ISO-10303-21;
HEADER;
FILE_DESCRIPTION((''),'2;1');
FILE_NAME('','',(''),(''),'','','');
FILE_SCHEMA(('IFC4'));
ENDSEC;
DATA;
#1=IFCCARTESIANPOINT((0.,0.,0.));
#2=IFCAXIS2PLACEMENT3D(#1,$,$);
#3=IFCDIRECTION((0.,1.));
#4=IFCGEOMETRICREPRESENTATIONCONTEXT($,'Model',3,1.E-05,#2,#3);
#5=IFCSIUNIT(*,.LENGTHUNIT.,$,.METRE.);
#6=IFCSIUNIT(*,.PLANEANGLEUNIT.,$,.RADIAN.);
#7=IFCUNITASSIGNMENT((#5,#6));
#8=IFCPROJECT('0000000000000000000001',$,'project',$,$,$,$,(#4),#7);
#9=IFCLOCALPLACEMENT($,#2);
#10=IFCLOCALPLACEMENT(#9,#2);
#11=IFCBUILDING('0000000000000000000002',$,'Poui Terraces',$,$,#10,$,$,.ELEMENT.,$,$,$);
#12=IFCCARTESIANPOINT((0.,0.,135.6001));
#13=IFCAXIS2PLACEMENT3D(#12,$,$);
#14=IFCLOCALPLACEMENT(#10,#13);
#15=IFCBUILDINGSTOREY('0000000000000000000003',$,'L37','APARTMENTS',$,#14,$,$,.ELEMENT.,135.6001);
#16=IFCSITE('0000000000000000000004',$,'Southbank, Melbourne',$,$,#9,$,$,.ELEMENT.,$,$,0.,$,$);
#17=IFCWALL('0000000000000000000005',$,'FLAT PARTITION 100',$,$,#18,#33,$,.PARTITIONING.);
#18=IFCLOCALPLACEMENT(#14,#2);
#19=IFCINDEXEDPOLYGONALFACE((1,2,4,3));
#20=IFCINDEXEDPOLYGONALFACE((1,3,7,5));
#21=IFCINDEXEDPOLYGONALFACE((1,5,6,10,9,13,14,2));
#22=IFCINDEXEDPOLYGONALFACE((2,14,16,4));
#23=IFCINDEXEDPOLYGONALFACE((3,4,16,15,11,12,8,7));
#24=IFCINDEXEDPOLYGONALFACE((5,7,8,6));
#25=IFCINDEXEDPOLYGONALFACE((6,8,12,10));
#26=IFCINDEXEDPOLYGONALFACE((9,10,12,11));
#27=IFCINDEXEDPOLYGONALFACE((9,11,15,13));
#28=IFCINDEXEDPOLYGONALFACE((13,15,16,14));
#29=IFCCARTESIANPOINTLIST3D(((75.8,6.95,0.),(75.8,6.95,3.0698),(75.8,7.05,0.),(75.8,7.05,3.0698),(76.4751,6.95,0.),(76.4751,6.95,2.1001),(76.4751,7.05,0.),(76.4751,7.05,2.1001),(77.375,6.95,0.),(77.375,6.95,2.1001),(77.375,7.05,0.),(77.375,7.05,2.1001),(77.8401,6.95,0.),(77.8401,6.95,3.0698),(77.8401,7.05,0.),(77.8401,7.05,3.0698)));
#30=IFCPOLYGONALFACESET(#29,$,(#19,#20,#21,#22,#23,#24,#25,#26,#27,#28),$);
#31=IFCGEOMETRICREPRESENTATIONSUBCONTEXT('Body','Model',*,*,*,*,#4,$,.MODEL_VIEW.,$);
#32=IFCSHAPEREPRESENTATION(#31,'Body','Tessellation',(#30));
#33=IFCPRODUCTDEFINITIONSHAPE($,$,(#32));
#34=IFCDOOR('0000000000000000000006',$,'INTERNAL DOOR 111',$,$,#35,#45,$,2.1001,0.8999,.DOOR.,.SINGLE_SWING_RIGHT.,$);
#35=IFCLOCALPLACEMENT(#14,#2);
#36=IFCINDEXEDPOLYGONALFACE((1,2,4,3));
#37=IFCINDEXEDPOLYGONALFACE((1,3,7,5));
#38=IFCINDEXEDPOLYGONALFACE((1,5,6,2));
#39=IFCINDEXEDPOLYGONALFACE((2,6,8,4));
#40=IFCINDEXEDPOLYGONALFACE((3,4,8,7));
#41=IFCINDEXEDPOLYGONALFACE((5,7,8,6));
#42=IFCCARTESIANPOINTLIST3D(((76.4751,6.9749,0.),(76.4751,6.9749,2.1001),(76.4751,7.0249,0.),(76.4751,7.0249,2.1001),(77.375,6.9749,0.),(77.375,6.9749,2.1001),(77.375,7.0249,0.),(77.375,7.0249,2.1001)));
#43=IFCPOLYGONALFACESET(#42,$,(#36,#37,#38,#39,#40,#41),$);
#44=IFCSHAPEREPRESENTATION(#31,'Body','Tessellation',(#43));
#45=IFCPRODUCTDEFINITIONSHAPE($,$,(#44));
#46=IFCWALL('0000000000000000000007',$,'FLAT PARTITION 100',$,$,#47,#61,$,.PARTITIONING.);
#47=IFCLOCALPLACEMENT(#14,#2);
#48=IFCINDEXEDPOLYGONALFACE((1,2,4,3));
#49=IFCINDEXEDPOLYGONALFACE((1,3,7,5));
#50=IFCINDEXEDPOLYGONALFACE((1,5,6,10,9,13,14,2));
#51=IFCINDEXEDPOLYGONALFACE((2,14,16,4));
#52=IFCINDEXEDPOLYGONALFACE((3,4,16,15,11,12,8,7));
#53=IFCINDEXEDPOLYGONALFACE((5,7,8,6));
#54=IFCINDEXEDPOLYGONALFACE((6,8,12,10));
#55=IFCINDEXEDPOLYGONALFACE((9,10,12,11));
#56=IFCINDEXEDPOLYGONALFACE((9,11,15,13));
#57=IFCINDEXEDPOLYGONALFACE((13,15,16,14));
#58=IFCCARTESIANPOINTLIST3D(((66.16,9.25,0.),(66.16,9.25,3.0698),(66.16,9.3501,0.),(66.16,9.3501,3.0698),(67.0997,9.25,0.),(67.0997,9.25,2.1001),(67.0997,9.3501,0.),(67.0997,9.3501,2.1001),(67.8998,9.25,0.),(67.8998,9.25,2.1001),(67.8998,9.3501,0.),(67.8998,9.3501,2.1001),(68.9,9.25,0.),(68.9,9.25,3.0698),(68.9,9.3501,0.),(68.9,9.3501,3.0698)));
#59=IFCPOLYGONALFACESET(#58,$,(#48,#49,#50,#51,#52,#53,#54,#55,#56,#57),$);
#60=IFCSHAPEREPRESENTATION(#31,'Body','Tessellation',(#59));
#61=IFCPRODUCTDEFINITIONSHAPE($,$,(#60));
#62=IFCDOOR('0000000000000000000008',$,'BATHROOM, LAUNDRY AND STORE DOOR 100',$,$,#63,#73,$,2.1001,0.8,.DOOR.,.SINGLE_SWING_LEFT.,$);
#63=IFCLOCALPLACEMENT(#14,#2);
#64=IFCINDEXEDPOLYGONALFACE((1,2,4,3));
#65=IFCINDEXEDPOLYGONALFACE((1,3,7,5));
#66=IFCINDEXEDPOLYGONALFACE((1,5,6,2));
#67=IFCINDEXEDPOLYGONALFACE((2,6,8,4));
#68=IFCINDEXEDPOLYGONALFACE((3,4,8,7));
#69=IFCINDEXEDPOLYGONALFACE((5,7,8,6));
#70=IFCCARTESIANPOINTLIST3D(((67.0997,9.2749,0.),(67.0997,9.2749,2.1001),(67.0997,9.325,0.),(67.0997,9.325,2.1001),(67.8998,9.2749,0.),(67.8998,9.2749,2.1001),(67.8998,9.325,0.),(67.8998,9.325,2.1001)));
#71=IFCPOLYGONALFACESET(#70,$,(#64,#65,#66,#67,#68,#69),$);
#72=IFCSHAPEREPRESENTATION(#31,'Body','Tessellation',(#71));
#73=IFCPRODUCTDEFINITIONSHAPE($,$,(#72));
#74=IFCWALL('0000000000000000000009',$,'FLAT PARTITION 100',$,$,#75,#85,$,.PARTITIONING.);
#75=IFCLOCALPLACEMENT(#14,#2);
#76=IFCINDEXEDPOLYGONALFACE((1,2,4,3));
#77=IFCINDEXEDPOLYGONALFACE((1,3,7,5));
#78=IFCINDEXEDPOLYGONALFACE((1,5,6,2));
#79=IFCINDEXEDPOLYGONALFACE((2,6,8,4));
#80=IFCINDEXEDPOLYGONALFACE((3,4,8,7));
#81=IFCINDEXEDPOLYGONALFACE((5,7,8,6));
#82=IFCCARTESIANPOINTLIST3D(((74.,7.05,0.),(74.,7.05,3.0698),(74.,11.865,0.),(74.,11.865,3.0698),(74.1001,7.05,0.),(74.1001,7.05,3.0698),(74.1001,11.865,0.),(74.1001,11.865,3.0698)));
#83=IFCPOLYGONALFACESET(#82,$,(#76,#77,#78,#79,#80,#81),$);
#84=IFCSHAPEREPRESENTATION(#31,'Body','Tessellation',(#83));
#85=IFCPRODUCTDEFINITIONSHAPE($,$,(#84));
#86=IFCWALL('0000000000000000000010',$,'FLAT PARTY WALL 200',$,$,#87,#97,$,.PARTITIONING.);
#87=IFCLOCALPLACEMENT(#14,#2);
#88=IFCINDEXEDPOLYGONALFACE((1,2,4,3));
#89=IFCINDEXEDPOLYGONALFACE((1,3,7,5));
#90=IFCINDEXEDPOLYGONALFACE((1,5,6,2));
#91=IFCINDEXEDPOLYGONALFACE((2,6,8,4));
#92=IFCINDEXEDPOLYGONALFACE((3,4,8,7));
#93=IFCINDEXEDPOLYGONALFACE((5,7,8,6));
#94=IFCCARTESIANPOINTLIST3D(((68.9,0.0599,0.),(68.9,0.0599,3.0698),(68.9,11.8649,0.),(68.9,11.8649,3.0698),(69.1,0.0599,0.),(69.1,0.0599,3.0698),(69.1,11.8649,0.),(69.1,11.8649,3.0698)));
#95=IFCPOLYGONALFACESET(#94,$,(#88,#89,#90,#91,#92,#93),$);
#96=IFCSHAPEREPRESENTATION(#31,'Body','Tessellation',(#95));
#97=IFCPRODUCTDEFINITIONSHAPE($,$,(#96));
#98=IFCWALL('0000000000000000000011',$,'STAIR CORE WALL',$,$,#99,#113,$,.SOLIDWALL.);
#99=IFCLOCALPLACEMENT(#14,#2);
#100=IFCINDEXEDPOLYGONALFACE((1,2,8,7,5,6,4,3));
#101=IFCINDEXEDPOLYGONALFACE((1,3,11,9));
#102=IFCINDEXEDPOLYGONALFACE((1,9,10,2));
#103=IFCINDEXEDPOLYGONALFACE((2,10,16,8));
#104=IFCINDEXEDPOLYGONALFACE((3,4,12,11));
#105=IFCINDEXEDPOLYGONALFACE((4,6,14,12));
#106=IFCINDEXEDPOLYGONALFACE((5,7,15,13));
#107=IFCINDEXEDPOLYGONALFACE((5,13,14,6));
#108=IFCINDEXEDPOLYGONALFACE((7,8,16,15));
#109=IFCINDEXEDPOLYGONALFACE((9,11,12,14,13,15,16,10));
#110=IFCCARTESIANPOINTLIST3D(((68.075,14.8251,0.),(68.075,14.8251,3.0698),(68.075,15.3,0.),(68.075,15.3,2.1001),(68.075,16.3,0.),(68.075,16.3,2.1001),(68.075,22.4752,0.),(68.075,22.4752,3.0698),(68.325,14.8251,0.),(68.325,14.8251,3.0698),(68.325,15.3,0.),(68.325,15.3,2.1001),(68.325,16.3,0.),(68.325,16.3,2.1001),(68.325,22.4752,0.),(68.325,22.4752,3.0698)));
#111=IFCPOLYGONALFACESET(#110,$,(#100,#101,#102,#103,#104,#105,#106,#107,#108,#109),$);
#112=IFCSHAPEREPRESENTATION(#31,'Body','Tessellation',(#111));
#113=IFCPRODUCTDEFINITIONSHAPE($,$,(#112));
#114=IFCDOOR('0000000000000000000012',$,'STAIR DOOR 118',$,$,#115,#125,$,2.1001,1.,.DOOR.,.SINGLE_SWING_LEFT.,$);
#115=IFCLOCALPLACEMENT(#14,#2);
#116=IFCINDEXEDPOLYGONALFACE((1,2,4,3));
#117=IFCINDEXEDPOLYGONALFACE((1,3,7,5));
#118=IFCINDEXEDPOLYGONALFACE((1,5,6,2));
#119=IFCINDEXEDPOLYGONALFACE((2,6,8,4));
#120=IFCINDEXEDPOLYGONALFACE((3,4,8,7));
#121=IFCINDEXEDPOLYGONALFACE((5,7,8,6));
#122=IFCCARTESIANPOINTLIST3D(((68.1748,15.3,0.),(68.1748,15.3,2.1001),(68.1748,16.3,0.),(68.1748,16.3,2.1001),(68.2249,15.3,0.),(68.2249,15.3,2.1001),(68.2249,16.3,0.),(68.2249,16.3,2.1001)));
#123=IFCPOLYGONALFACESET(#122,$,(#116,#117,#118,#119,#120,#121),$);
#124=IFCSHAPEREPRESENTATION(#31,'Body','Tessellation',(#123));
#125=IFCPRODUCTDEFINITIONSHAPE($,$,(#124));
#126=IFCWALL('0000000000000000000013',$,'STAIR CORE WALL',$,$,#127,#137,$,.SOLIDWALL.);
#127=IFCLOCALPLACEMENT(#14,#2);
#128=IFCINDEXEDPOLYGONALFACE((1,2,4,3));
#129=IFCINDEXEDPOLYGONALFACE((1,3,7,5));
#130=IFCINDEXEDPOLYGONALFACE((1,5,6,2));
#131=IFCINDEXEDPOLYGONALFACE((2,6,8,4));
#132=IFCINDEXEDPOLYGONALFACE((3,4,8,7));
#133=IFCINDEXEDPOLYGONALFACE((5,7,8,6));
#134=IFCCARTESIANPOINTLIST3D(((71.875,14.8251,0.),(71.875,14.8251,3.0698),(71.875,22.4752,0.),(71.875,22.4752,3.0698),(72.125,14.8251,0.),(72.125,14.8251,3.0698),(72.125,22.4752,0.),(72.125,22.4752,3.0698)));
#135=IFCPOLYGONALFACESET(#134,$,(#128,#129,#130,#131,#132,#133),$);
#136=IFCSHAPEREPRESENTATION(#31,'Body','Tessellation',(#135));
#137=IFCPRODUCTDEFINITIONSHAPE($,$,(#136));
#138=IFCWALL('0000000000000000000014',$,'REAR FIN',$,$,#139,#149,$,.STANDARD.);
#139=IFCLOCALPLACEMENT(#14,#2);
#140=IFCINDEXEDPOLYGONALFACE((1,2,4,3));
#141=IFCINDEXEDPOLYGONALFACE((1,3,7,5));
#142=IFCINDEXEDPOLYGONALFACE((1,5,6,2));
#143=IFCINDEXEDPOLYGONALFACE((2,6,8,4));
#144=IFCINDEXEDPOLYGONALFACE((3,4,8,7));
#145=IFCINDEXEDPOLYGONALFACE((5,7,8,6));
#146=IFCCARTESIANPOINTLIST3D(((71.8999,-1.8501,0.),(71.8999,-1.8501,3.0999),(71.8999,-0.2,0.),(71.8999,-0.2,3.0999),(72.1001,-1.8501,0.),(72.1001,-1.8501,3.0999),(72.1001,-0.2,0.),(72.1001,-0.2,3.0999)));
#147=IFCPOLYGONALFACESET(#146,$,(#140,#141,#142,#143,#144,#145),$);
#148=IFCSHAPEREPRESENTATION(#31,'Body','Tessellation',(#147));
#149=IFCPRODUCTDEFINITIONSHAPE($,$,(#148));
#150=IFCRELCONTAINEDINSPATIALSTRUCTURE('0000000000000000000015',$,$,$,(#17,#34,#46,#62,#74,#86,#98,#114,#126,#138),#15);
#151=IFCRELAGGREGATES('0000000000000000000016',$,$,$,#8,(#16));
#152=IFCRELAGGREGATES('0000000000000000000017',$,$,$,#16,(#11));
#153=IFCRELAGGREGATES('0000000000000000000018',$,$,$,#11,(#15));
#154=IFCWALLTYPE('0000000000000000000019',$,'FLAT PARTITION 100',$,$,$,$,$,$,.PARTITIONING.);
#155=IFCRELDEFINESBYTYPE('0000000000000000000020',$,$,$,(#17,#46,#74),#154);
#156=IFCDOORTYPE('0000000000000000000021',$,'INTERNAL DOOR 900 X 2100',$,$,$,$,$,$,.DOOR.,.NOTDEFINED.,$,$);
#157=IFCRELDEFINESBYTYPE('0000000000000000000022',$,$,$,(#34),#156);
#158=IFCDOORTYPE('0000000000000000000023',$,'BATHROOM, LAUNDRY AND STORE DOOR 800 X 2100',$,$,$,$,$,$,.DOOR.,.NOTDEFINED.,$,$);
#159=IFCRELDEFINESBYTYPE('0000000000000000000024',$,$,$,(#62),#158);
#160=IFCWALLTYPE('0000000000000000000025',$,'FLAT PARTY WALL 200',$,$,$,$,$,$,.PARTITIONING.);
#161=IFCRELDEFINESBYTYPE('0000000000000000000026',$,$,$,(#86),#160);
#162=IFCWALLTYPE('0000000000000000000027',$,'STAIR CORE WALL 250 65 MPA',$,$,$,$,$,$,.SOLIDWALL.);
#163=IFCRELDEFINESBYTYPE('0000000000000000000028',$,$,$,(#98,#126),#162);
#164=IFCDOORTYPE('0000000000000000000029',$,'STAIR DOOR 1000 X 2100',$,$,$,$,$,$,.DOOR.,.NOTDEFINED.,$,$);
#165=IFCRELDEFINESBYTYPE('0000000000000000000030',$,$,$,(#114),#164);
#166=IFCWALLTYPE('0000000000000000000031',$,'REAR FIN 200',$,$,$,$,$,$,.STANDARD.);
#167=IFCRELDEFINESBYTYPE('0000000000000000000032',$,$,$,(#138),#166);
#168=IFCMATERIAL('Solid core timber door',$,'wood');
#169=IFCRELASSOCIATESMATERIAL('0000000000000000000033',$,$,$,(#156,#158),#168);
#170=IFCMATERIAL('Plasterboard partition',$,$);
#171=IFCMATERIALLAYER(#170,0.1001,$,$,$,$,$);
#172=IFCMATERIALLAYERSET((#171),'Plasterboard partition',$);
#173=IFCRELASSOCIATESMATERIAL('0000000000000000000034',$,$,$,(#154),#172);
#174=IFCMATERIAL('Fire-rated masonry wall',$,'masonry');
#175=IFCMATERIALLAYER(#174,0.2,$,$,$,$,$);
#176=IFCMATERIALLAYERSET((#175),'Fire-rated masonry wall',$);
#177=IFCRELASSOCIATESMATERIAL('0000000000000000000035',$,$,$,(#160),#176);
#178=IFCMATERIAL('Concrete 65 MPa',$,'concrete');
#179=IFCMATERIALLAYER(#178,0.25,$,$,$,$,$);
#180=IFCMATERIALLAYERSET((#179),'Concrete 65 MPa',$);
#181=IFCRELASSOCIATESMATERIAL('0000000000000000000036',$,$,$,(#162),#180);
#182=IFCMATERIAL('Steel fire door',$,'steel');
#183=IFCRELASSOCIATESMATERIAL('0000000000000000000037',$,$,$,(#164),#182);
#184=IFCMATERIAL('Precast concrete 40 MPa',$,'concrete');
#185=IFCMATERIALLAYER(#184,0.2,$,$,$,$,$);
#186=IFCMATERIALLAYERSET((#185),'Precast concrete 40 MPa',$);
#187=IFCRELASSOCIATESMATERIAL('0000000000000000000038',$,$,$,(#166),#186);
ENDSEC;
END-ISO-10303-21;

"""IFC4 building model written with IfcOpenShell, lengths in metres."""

from ifc_helpers import new_model, si_unit, direction, frame, frame_2d, origin, place, context, subcontext, project, spatial, polyline, rectangle, outline, extrude, source, transform, mapped, material, layer, layer_set, type_object, element, fill, save


model = new_model("IFC4")

# Units and contexts
model_context = context("Model", 3, precision=1e-05, world=origin(), true_north=direction((0.0, 1.0)))
body_context = subcontext(model_context, "Body", "Model", "MODEL_VIEW")
ifc_project = project(units=[si_unit("LENGTHUNIT", "METRE"), si_unit("PLANEANGLEUNIT", "RADIAN")], contexts=[model_context])

# Site, building, storey
site_placement = place(None, origin())
site = spatial("IfcSite", under=ifc_project, at=site_placement, Name="Southbank, Melbourne", CompositionType="ELEMENT", RefElevation=0.0)
building_placement = place(site_placement, origin())
building = spatial("IfcBuilding", under=site, at=building_placement, Name="Poui Terraces", CompositionType="ELEMENT")
storey_placement = place(building_placement, frame((0.0, 0.0, 135.6001)))
storey = spatial("IfcBuildingStorey", under=building, at=storey_placement, Name="L37", Description="APARTMENTS", CompositionType="ELEMENT", Elevation=135.6001)

# Shared definitions
ifc_material_1 = material(Name="Concrete 65 MPa", Category="concrete")

# Shared definitions
ifc_material_2 = material(Name="Precast concrete 40 MPa", Category="concrete")

# Walls, openings, doors
ifc_material_3 = material(Name="Steel fire door", Category="steel")
ifc_material_4 = material(Name="Solid core timber door", Category="wood")
door_type_1 = type_object("IfcDoorType", Name="INTERNAL DOOR 900 X 2100", OperationType="NOTDEFINED", PredefinedType="DOOR", material=ifc_material_4)
ifc_material_5 = material(Name="Plasterboard partition")
ifc_layer_1 = layer(ifc_material_5, 0.1001)
ifc_layer_set_1 = layer_set([ifc_layer_1], Name="Plasterboard partition")
wall_type_1 = type_object("IfcWallType", Name="FLAT PARTITION 100", PredefinedType="PARTITIONING", material=ifc_layer_set_1)
door_type_2 = type_object("IfcDoorType", Name="BATHROOM, LAUNDRY AND STORE DOOR 800 X 2100", OperationType="NOTDEFINED", PredefinedType="DOOR", material=ifc_material_4)
wall_1_placement = place(storey_placement, frame((75.8, 7.0, 0.0), z_axis=(0.0, 0.0, 1.0), x_axis=(1.0, 0.0, 0.0)))
wall_1 = element("IfcWall", 1, at=wall_1_placement, inside=storey, type_object=wall_type_1, Name="FLAT PARTITION 100", PredefinedType="PARTITIONING", context=body_context, shape_type="SweptSolid", body=[
    extrude(rectangle(XDim=2.04, YDim=0.1001, at=frame_2d((1.02, 0.0))), origin(), (0.0, 0.0, 1.0), 3.0698),
])
opening_1_placement = place(wall_1_placement, frame((0.675, 0.0, 0.0)))
opening_1 = element("IfcOpeningElement", 2, at=opening_1_placement, cuts=wall_1, PredefinedType="OPENING", context=body_context, shape_type="SweptSolid", body=[
    extrude(rectangle(XDim=0.8999, YDim=2.1001, at=frame_2d((0.45, 1.05))), frame((0.0, 0.0601, 0.0), z_axis=(0.0, -1.0, 0.0), x_axis=(1.0, 0.0, 0.0)), (0.0, 0.0, 1.0), 0.1201),
])
door_1_placement = place(opening_1_placement, origin())
door_1 = element("IfcDoor", 3, at=door_1_placement, inside=storey, type_object=door_type_1, Name="INTERNAL DOOR 111", OperationType="SINGLE_SWING_RIGHT", OverallHeight=2.1001, OverallWidth=0.8999, PredefinedType="DOOR", context=body_context, shape_type="SweptSolid", body=[
    extrude(rectangle(XDim=0.8999, YDim=2.1001, at=frame_2d((0.45, 1.05))), frame((0.0, 0.0249, 0.0), z_axis=(0.0, -1.0, 0.0), x_axis=(1.0, 0.0, 0.0)), (0.0, 0.0, 1.0), 0.05),
])
fill(opening_1, door_1)
wall_2_placement = place(storey_placement, frame((66.1599, 9.3, 0.0), z_axis=(0.0, 0.0, 1.0), x_axis=(1.0, 0.0, 0.0)))
wall_2 = element("IfcWall", 4, at=wall_2_placement, inside=storey, type_object=wall_type_1, Name="FLAT PARTITION 100", PredefinedType="PARTITIONING", context=body_context, shape_type="SweptSolid", body=[
    extrude(rectangle(XDim=2.74, YDim=0.1001, at=frame_2d((1.3701, 0.0))), origin(), (0.0, 0.0, 1.0), 3.0698),
])
opening_2_placement = place(wall_2_placement, frame((0.9399, 0.0, 0.0)))
opening_2 = element("IfcOpeningElement", 5, at=opening_2_placement, cuts=wall_2, PredefinedType="OPENING", context=body_context, shape_type="SweptSolid", body=[
    extrude(rectangle(XDim=0.8, YDim=2.1001, at=frame_2d((0.3999, 1.05))), frame((0.0, 0.0601, 0.0), z_axis=(0.0, -1.0, 0.0), x_axis=(1.0, 0.0, 0.0)), (0.0, 0.0, 1.0), 0.1201),
])
door_2_placement = place(opening_2_placement, origin())
door_2 = element("IfcDoor", 6, at=door_2_placement, inside=storey, type_object=door_type_2, Name="BATHROOM, LAUNDRY AND STORE DOOR 100", OperationType="SINGLE_SWING_LEFT", OverallHeight=2.1001, OverallWidth=0.8, PredefinedType="DOOR", context=body_context, shape_type="SweptSolid", body=[
    extrude(rectangle(XDim=0.8, YDim=2.1001, at=frame_2d((0.3999, 1.05))), frame((0.0, 0.0249, 0.0), z_axis=(0.0, -1.0, 0.0), x_axis=(1.0, 0.0, 0.0)), (0.0, 0.0, 1.0), 0.05),
])
fill(opening_2, door_2)

# Walls
wall_3_placement = place(storey_placement, frame((74.05, 7.05, 0.0), z_axis=(0.0, 0.0, 1.0), x_axis=(0.0, 1.0, 0.0)))
element("IfcWall", 7, at=wall_3_placement, inside=storey, type_object=wall_type_1, Name="FLAT PARTITION 100", PredefinedType="PARTITIONING", context=body_context, shape_type="SweptSolid", body=[
    extrude(rectangle(XDim=4.8149, YDim=0.1001, at=frame_2d((2.4075, 0.0))), origin(), (0.0, 0.0, 1.0), 3.0698),
])
ifc_material_6 = material(Name="Fire-rated masonry wall", Category="masonry")
ifc_layer_2 = layer(ifc_material_6, 0.2)
ifc_layer_set_2 = layer_set([ifc_layer_2], Name="Fire-rated masonry wall")
wall_type_2 = type_object("IfcWallType", Name="FLAT PARTY WALL 200", PredefinedType="PARTITIONING", material=ifc_layer_set_2)
wall_4_placement = place(storey_placement, frame((69.0, 0.0601, 0.0), z_axis=(0.0, 0.0, 1.0), x_axis=(0.0, 1.0, 0.0)))
element("IfcWall", 8, at=wall_4_placement, inside=storey, type_object=wall_type_2, Name="FLAT PARTY WALL 200", PredefinedType="PARTITIONING", context=body_context, shape_type="SweptSolid", body=[
    extrude(rectangle(XDim=11.8049, YDim=0.2, at=frame_2d((5.9023, 0.0))), origin(), (0.0, 0.0, 1.0), 3.0698),
])

# Wall, opening, door
ifc_layer_3 = layer(ifc_material_1, 0.25)
ifc_layer_set_3 = layer_set([ifc_layer_3], Name="Concrete 65 MPa")
wall_type_3 = type_object("IfcWallType", Name="STAIR CORE WALL 250 65 MPA", PredefinedType="SOLIDWALL", material=ifc_layer_set_3)
wall_5_placement = place(storey_placement, frame((68.2, 14.825, 0.0), z_axis=(0.0, 0.0, 1.0), x_axis=(0.0, 1.0, 0.0)))
wall_5 = element("IfcWall", 9, at=wall_5_placement, inside=storey, type_object=wall_type_3, Name="STAIR CORE WALL", PredefinedType="SOLIDWALL", context=body_context, shape_type="SweptSolid", body=[
    extrude(rectangle(XDim=7.6501, YDim=0.25, at=frame_2d((3.8252, 0.0))), origin(), (0.0, 0.0, 1.0), 3.0698),
])
opening_3_placement = place(wall_5_placement, frame((0.4751, 0.0, 0.0)))
opening_3 = element("IfcOpeningElement", 10, at=opening_3_placement, cuts=wall_5, PredefinedType="OPENING", context=body_context, shape_type="SweptSolid", body=[
    extrude(rectangle(XDim=1.0, YDim=2.1001, at=frame_2d((0.5, 1.05))), frame((0.0, 0.135, 0.0), z_axis=(0.0, -1.0, 0.0), x_axis=(1.0, 0.0, 0.0)), (0.0, 0.0, 1.0), 0.27),
])
door_type_3 = type_object("IfcDoorType", Name="STAIR DOOR 1000 X 2100", OperationType="NOTDEFINED", PredefinedType="DOOR", material=ifc_material_3)
door_3_placement = place(opening_3_placement, frame((1.0, 0.0, 0.0), z_axis=(0.0, 0.0, 1.0), x_axis=(-1.0, 0.0, 0.0)))
door_3 = element("IfcDoor", 11, at=door_3_placement, inside=storey, type_object=door_type_3, Name="STAIR DOOR 118", OperationType="SINGLE_SWING_LEFT", OverallHeight=2.1001, OverallWidth=1.0, PredefinedType="DOOR", context=body_context, shape_type="SweptSolid", body=[
    extrude(rectangle(XDim=1.0, YDim=2.1001, at=frame_2d((0.5, 1.05))), frame((0.0, 0.0249, 0.0), z_axis=(0.0, -1.0, 0.0), x_axis=(1.0, 0.0, 0.0)), (0.0, 0.0, 1.0), 0.05),
])
fill(opening_3, door_3)

# Walls
wall_6_placement = place(storey_placement, frame((72.0, 14.825, 0.0), z_axis=(0.0, 0.0, 1.0), x_axis=(0.0, 1.0, 0.0)))
element("IfcWall", 12, at=wall_6_placement, inside=storey, type_object=wall_type_3, Name="STAIR CORE WALL", PredefinedType="SOLIDWALL", context=body_context, shape_type="SweptSolid", body=[
    extrude(rectangle(XDim=7.6501, YDim=0.25, at=frame_2d((3.8252, 0.0))), origin(), (0.0, 0.0, 1.0), 3.0698),
])
ifc_layer_4 = layer(ifc_material_2, 0.2)
ifc_layer_set_4 = layer_set([ifc_layer_4], Name="Precast concrete 40 MPa")
wall_type_4 = type_object("IfcWallType", Name="REAR FIN 200", PredefinedType="STANDARD", material=ifc_layer_set_4)
shared_shape_1 = source(origin(), body_context, "Body", "SweptSolid", [
    extrude(outline(polyline([(0.0, 0.0), (0.2002, 0.0), (0.2002, 1.6501), (0.0, 1.6501), (0.0, 0.0)])), origin(), (0.0, 0.0, 1.0), 3.0999),
])
wall_7_placement = place(storey_placement, frame((71.8999, -1.8501, 0.0)))
element("IfcWall", 13, at=wall_7_placement, inside=storey, type_object=wall_type_4, Name="REAR FIN", PredefinedType="STANDARD", context=body_context, shape_type="MappedRepresentation", body=[
    mapped(shared_shape_1, transform((0.0, 0.0, 0.0))),
])

save(model, "model.ifc")
